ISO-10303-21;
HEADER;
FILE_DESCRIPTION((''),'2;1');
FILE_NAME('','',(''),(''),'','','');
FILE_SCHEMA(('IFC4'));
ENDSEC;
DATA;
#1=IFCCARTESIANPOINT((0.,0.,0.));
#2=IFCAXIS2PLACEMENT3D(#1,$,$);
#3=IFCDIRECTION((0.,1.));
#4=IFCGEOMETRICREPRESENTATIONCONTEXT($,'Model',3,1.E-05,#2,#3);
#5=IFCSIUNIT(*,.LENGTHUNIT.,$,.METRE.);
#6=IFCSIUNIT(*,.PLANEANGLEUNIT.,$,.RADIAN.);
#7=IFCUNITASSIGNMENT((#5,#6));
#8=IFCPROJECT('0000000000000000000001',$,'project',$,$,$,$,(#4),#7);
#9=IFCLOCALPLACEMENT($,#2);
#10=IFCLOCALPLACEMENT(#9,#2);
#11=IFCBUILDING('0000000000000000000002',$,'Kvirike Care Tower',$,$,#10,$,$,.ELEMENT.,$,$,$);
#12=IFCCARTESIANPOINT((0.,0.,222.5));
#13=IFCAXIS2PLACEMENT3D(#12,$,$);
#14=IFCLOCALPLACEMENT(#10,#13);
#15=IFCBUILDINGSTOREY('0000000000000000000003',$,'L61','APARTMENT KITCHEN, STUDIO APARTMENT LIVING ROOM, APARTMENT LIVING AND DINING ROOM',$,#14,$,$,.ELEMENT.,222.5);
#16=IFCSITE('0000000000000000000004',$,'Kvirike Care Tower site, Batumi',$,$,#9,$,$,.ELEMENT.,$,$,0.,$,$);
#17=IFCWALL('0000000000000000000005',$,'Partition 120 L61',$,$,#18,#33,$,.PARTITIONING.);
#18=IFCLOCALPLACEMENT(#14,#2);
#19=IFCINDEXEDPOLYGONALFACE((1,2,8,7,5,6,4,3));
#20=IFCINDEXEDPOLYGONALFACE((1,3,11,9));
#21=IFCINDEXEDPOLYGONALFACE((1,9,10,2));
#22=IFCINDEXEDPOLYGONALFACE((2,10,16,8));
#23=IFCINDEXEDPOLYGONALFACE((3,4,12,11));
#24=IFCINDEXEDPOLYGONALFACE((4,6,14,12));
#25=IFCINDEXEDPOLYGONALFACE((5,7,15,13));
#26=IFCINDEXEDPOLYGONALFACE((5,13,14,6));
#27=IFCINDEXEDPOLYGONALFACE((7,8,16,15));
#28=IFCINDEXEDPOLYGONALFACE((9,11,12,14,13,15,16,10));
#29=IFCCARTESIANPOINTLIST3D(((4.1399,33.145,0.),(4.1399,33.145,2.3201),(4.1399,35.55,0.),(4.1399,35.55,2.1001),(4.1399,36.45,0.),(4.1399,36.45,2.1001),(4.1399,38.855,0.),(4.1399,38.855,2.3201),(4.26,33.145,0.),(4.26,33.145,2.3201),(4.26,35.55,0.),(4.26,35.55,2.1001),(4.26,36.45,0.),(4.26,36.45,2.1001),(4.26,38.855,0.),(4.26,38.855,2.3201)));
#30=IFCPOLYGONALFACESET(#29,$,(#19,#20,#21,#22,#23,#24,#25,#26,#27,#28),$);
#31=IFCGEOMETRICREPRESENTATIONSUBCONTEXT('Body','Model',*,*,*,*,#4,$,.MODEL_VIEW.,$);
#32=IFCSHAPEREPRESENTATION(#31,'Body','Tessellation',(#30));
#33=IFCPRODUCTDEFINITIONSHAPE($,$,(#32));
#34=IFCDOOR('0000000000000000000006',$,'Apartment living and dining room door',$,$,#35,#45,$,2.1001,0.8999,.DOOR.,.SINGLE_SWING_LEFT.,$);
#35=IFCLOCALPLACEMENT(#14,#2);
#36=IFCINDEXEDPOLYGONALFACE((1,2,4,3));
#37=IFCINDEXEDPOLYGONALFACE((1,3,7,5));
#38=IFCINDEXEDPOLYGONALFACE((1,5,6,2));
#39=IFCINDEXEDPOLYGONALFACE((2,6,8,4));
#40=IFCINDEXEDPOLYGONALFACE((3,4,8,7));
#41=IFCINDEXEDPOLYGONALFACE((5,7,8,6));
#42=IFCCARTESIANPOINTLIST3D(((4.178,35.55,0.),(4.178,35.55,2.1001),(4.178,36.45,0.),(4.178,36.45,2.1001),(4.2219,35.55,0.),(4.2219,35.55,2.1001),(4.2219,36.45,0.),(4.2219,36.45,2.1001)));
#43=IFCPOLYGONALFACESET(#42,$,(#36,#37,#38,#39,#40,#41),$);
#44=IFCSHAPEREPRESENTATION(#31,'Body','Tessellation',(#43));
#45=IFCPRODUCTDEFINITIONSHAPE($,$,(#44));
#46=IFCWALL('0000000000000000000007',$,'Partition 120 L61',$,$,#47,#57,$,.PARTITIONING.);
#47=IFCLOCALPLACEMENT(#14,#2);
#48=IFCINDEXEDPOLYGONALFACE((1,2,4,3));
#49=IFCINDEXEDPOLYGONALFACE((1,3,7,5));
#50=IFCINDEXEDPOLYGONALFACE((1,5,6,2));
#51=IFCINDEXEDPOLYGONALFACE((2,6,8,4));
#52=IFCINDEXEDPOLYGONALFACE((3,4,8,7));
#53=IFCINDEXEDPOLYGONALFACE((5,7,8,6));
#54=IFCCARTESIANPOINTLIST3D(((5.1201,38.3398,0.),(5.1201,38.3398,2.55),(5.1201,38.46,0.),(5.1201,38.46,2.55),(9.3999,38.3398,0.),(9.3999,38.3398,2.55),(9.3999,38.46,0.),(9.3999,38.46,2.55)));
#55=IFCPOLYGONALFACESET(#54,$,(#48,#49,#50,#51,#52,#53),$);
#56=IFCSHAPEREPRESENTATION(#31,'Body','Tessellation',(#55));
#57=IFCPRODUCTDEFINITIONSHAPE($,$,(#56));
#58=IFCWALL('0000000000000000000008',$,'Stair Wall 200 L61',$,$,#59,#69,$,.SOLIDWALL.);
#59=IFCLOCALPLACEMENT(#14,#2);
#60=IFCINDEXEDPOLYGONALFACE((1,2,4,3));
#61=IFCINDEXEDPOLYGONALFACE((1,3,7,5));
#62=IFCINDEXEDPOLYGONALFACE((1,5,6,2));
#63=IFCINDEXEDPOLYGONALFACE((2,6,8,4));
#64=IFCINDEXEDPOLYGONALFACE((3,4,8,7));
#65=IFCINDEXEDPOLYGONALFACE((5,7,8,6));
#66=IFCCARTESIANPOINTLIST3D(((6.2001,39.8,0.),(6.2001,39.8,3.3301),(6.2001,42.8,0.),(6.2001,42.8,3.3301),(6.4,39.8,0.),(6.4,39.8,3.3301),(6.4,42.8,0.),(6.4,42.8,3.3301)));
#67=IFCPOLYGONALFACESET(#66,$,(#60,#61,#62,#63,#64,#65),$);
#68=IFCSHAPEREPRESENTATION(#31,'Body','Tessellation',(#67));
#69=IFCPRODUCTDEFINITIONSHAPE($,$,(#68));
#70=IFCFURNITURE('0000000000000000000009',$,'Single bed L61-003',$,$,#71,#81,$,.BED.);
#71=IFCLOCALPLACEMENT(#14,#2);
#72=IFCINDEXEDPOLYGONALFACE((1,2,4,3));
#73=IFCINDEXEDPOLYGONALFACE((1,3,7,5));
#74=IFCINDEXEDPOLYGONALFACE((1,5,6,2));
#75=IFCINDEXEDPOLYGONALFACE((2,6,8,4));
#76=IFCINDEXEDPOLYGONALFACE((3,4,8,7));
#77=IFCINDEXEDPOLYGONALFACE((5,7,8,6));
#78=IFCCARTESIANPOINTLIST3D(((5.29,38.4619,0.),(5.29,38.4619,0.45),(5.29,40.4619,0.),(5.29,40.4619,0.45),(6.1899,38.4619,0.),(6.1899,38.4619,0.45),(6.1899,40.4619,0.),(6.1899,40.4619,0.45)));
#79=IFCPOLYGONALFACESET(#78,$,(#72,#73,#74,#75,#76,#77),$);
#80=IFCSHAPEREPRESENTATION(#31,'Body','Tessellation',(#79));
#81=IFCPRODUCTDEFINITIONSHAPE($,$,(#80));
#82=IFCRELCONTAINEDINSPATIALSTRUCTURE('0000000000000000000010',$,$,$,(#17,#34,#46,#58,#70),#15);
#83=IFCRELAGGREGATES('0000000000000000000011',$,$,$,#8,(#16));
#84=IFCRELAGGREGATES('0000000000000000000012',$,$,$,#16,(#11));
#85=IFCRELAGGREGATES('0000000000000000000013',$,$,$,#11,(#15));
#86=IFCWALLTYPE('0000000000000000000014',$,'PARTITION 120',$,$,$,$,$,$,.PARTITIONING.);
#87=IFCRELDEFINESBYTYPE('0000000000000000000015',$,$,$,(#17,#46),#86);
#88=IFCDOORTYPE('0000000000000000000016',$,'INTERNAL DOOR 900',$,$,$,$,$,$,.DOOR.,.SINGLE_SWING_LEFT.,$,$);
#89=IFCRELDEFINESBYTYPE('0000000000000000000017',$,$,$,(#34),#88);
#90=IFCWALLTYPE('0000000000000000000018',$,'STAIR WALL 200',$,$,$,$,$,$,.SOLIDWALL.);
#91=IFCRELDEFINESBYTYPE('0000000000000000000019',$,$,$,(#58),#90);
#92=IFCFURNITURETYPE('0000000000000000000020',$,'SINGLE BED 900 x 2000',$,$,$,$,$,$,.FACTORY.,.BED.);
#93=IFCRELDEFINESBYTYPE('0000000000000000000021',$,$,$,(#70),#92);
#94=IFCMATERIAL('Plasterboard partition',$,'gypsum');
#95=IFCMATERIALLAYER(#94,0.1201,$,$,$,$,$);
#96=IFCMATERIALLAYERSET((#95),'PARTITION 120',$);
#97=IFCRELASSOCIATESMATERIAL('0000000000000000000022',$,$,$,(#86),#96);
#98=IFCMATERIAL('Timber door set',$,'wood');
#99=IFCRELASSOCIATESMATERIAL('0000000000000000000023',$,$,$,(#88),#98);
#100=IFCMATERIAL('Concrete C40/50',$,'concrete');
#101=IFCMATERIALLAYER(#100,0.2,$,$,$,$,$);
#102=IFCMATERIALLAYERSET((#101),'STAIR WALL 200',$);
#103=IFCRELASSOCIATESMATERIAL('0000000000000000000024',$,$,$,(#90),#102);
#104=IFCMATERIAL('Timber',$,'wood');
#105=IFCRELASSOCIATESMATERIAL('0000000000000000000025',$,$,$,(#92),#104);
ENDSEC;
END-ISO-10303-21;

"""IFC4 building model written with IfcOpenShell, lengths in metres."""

from ifc_helpers import new_model, si_unit, direction, frame, frame_2d, origin, origin_2d, place, context, subcontext, project, spatial, rectangle, extrude, material, layer, layer_set, type_object, element, fill, save


model = new_model("IFC4")

# Units and contexts
model_context = context("Model", 3, precision=1e-05, world=origin(), true_north=direction((0.0, 1.0)))
body_context = subcontext(model_context, "Body", "Model", "MODEL_VIEW")
ifc_project = project(units=[si_unit("LENGTHUNIT", "METRE"), si_unit("PLANEANGLEUNIT", "RADIAN")], contexts=[model_context])

# Site, building, storey
site_placement = place(None, origin())
site = spatial("IfcSite", under=ifc_project, at=site_placement, Name="Kvirike Care Tower site, Batumi", CompositionType="ELEMENT", RefElevation=0.0)
building_placement = place(site_placement, origin())
building = spatial("IfcBuilding", under=site, at=building_placement, Name="Kvirike Care Tower", CompositionType="ELEMENT")
storey_placement = place(building_placement, frame((0.0, 0.0, 222.5)))
storey = spatial("IfcBuildingStorey", under=building, at=storey_placement, Name="L61", Description="APARTMENT KITCHEN, STUDIO APARTMENT LIVING ROOM, APARTMENT LIVING AND DINING ROOM", CompositionType="ELEMENT", Elevation=222.5)

# Wall, opening, door
ifc_material_1 = material(Name="Plasterboard partition", Category="gypsum")
ifc_layer_1 = layer(ifc_material_1, 0.1201)
ifc_layer_set_1 = layer_set([ifc_layer_1], Name="PARTITION 120")
wall_type_1 = type_object("IfcWallType", Name="PARTITION 120", PredefinedType="PARTITIONING", material=ifc_layer_set_1)
wall_1_placement = place(storey_placement, frame((4.2, 38.855, 0.0), z_axis=(0.0, 0.0, 1.0), x_axis=(0.0, -1.0, 0.0)))
wall_1 = element("IfcWall", 1, at=wall_1_placement, inside=storey, type_object=wall_type_1, Name="Partition 120 L61", PredefinedType="PARTITIONING", context=body_context, shape_type="SweptSolid", body=[
    extrude(rectangle(XDim=5.71, YDim=0.1201, at=frame_2d((2.855, 0.0))), origin(), (0.0, 0.0, 1.0), 2.3201),
])
opening_placement = place(wall_1_placement, frame((2.405, 0.0, 0.0)))
opening = element("IfcOpeningElement", 2, at=opening_placement, cuts=wall_1, PredefinedType="OPENING", context=body_context, shape_type="SweptSolid", body=[
    extrude(rectangle(XDim=0.8999, YDim=2.1001, at=frame_2d((0.45, 1.05))), frame((0.0, 0.0706, 0.0), z_axis=(0.0, -1.0, 0.0), x_axis=(1.0, 0.0, 0.0)), (0.0, 0.0, 1.0), 0.1411),
])
ifc_material_2 = material(Name="Timber door set", Category="wood")
door_type = type_object("IfcDoorType", Name="INTERNAL DOOR 900", OperationType="SINGLE_SWING_LEFT", PredefinedType="DOOR", material=ifc_material_2)
door_placement = place(opening_placement, frame((0.8999, 0.0, 0.0), z_axis=(0.0, 0.0, 1.0), x_axis=(-1.0, 0.0, 0.0)))
door = element("IfcDoor", 3, at=door_placement, inside=storey, type_object=door_type, Name="Apartment living and dining room door", OperationType="SINGLE_SWING_LEFT", OverallHeight=2.1001, OverallWidth=0.8999, PredefinedType="DOOR", context=body_context, shape_type="SweptSolid", body=[
    extrude(rectangle(XDim=0.8999, YDim=2.1001, at=frame_2d((0.45, 1.05))), frame((0.0, 0.022, 0.0), z_axis=(0.0, -1.0, 0.0), x_axis=(1.0, 0.0, 0.0)), (0.0, 0.0, 1.0), 0.0439),
])
fill(opening, door)

# Walls
wall_2_placement = place(storey_placement, frame((5.1201, 38.3999, 0.0), z_axis=(0.0, 0.0, 1.0), x_axis=(1.0, 0.0, 0.0)))
element("IfcWall", 4, at=wall_2_placement, inside=storey, type_object=wall_type_1, Name="Partition 120 L61", PredefinedType="PARTITIONING", context=body_context, shape_type="SweptSolid", body=[
    extrude(rectangle(XDim=4.2798, YDim=0.1201, at=frame_2d((2.1399, 0.0))), origin(), (0.0, 0.0, 1.0), 2.55),
])
ifc_material_3 = material(Name="Concrete C40/50", Category="concrete")
ifc_layer_2 = layer(ifc_material_3, 0.2)
ifc_layer_set_2 = layer_set([ifc_layer_2], Name="STAIR WALL 200")
wall_type_2 = type_object("IfcWallType", Name="STAIR WALL 200", PredefinedType="SOLIDWALL", material=ifc_layer_set_2)
wall_3_placement = place(storey_placement, frame((6.3, 42.8, 0.0), z_axis=(0.0, 0.0, 1.0), x_axis=(0.0, -1.0, 0.0)))
element("IfcWall", 5, at=wall_3_placement, inside=storey, type_object=wall_type_2, Name="Stair Wall 200 L61", PredefinedType="SOLIDWALL", context=body_context, shape_type="SweptSolid", body=[
    extrude(rectangle(XDim=3.0, YDim=0.2, at=frame_2d((1.5, 0.0))), origin(), (0.0, 0.0, 1.0), 3.3301),
])

# Furniture
ifc_material_4 = material(Name="Timber", Category="wood")
furniture_type = type_object("IfcFurnitureType", Name="SINGLE BED 900 x 2000", AssemblyPlace="FACTORY", PredefinedType="BED", material=ifc_material_4)
furniture_placement = place(storey_placement, frame((5.74, 39.4619, 0.0), z_axis=(0.0, 0.0, 1.0), x_axis=(-1.0, 0.0, 0.0)))
element("IfcFurniture", 6, at=furniture_placement, inside=storey, type_object=furniture_type, Name="Single bed L61-003", PredefinedType="BED", context=body_context, shape_type="SweptSolid", body=[
    extrude(rectangle(XDim=0.8999, YDim=2.0, at=origin_2d()), origin(), (0.0, 0.0, 1.0), 0.45),
])

save(model, "model.ifc")
